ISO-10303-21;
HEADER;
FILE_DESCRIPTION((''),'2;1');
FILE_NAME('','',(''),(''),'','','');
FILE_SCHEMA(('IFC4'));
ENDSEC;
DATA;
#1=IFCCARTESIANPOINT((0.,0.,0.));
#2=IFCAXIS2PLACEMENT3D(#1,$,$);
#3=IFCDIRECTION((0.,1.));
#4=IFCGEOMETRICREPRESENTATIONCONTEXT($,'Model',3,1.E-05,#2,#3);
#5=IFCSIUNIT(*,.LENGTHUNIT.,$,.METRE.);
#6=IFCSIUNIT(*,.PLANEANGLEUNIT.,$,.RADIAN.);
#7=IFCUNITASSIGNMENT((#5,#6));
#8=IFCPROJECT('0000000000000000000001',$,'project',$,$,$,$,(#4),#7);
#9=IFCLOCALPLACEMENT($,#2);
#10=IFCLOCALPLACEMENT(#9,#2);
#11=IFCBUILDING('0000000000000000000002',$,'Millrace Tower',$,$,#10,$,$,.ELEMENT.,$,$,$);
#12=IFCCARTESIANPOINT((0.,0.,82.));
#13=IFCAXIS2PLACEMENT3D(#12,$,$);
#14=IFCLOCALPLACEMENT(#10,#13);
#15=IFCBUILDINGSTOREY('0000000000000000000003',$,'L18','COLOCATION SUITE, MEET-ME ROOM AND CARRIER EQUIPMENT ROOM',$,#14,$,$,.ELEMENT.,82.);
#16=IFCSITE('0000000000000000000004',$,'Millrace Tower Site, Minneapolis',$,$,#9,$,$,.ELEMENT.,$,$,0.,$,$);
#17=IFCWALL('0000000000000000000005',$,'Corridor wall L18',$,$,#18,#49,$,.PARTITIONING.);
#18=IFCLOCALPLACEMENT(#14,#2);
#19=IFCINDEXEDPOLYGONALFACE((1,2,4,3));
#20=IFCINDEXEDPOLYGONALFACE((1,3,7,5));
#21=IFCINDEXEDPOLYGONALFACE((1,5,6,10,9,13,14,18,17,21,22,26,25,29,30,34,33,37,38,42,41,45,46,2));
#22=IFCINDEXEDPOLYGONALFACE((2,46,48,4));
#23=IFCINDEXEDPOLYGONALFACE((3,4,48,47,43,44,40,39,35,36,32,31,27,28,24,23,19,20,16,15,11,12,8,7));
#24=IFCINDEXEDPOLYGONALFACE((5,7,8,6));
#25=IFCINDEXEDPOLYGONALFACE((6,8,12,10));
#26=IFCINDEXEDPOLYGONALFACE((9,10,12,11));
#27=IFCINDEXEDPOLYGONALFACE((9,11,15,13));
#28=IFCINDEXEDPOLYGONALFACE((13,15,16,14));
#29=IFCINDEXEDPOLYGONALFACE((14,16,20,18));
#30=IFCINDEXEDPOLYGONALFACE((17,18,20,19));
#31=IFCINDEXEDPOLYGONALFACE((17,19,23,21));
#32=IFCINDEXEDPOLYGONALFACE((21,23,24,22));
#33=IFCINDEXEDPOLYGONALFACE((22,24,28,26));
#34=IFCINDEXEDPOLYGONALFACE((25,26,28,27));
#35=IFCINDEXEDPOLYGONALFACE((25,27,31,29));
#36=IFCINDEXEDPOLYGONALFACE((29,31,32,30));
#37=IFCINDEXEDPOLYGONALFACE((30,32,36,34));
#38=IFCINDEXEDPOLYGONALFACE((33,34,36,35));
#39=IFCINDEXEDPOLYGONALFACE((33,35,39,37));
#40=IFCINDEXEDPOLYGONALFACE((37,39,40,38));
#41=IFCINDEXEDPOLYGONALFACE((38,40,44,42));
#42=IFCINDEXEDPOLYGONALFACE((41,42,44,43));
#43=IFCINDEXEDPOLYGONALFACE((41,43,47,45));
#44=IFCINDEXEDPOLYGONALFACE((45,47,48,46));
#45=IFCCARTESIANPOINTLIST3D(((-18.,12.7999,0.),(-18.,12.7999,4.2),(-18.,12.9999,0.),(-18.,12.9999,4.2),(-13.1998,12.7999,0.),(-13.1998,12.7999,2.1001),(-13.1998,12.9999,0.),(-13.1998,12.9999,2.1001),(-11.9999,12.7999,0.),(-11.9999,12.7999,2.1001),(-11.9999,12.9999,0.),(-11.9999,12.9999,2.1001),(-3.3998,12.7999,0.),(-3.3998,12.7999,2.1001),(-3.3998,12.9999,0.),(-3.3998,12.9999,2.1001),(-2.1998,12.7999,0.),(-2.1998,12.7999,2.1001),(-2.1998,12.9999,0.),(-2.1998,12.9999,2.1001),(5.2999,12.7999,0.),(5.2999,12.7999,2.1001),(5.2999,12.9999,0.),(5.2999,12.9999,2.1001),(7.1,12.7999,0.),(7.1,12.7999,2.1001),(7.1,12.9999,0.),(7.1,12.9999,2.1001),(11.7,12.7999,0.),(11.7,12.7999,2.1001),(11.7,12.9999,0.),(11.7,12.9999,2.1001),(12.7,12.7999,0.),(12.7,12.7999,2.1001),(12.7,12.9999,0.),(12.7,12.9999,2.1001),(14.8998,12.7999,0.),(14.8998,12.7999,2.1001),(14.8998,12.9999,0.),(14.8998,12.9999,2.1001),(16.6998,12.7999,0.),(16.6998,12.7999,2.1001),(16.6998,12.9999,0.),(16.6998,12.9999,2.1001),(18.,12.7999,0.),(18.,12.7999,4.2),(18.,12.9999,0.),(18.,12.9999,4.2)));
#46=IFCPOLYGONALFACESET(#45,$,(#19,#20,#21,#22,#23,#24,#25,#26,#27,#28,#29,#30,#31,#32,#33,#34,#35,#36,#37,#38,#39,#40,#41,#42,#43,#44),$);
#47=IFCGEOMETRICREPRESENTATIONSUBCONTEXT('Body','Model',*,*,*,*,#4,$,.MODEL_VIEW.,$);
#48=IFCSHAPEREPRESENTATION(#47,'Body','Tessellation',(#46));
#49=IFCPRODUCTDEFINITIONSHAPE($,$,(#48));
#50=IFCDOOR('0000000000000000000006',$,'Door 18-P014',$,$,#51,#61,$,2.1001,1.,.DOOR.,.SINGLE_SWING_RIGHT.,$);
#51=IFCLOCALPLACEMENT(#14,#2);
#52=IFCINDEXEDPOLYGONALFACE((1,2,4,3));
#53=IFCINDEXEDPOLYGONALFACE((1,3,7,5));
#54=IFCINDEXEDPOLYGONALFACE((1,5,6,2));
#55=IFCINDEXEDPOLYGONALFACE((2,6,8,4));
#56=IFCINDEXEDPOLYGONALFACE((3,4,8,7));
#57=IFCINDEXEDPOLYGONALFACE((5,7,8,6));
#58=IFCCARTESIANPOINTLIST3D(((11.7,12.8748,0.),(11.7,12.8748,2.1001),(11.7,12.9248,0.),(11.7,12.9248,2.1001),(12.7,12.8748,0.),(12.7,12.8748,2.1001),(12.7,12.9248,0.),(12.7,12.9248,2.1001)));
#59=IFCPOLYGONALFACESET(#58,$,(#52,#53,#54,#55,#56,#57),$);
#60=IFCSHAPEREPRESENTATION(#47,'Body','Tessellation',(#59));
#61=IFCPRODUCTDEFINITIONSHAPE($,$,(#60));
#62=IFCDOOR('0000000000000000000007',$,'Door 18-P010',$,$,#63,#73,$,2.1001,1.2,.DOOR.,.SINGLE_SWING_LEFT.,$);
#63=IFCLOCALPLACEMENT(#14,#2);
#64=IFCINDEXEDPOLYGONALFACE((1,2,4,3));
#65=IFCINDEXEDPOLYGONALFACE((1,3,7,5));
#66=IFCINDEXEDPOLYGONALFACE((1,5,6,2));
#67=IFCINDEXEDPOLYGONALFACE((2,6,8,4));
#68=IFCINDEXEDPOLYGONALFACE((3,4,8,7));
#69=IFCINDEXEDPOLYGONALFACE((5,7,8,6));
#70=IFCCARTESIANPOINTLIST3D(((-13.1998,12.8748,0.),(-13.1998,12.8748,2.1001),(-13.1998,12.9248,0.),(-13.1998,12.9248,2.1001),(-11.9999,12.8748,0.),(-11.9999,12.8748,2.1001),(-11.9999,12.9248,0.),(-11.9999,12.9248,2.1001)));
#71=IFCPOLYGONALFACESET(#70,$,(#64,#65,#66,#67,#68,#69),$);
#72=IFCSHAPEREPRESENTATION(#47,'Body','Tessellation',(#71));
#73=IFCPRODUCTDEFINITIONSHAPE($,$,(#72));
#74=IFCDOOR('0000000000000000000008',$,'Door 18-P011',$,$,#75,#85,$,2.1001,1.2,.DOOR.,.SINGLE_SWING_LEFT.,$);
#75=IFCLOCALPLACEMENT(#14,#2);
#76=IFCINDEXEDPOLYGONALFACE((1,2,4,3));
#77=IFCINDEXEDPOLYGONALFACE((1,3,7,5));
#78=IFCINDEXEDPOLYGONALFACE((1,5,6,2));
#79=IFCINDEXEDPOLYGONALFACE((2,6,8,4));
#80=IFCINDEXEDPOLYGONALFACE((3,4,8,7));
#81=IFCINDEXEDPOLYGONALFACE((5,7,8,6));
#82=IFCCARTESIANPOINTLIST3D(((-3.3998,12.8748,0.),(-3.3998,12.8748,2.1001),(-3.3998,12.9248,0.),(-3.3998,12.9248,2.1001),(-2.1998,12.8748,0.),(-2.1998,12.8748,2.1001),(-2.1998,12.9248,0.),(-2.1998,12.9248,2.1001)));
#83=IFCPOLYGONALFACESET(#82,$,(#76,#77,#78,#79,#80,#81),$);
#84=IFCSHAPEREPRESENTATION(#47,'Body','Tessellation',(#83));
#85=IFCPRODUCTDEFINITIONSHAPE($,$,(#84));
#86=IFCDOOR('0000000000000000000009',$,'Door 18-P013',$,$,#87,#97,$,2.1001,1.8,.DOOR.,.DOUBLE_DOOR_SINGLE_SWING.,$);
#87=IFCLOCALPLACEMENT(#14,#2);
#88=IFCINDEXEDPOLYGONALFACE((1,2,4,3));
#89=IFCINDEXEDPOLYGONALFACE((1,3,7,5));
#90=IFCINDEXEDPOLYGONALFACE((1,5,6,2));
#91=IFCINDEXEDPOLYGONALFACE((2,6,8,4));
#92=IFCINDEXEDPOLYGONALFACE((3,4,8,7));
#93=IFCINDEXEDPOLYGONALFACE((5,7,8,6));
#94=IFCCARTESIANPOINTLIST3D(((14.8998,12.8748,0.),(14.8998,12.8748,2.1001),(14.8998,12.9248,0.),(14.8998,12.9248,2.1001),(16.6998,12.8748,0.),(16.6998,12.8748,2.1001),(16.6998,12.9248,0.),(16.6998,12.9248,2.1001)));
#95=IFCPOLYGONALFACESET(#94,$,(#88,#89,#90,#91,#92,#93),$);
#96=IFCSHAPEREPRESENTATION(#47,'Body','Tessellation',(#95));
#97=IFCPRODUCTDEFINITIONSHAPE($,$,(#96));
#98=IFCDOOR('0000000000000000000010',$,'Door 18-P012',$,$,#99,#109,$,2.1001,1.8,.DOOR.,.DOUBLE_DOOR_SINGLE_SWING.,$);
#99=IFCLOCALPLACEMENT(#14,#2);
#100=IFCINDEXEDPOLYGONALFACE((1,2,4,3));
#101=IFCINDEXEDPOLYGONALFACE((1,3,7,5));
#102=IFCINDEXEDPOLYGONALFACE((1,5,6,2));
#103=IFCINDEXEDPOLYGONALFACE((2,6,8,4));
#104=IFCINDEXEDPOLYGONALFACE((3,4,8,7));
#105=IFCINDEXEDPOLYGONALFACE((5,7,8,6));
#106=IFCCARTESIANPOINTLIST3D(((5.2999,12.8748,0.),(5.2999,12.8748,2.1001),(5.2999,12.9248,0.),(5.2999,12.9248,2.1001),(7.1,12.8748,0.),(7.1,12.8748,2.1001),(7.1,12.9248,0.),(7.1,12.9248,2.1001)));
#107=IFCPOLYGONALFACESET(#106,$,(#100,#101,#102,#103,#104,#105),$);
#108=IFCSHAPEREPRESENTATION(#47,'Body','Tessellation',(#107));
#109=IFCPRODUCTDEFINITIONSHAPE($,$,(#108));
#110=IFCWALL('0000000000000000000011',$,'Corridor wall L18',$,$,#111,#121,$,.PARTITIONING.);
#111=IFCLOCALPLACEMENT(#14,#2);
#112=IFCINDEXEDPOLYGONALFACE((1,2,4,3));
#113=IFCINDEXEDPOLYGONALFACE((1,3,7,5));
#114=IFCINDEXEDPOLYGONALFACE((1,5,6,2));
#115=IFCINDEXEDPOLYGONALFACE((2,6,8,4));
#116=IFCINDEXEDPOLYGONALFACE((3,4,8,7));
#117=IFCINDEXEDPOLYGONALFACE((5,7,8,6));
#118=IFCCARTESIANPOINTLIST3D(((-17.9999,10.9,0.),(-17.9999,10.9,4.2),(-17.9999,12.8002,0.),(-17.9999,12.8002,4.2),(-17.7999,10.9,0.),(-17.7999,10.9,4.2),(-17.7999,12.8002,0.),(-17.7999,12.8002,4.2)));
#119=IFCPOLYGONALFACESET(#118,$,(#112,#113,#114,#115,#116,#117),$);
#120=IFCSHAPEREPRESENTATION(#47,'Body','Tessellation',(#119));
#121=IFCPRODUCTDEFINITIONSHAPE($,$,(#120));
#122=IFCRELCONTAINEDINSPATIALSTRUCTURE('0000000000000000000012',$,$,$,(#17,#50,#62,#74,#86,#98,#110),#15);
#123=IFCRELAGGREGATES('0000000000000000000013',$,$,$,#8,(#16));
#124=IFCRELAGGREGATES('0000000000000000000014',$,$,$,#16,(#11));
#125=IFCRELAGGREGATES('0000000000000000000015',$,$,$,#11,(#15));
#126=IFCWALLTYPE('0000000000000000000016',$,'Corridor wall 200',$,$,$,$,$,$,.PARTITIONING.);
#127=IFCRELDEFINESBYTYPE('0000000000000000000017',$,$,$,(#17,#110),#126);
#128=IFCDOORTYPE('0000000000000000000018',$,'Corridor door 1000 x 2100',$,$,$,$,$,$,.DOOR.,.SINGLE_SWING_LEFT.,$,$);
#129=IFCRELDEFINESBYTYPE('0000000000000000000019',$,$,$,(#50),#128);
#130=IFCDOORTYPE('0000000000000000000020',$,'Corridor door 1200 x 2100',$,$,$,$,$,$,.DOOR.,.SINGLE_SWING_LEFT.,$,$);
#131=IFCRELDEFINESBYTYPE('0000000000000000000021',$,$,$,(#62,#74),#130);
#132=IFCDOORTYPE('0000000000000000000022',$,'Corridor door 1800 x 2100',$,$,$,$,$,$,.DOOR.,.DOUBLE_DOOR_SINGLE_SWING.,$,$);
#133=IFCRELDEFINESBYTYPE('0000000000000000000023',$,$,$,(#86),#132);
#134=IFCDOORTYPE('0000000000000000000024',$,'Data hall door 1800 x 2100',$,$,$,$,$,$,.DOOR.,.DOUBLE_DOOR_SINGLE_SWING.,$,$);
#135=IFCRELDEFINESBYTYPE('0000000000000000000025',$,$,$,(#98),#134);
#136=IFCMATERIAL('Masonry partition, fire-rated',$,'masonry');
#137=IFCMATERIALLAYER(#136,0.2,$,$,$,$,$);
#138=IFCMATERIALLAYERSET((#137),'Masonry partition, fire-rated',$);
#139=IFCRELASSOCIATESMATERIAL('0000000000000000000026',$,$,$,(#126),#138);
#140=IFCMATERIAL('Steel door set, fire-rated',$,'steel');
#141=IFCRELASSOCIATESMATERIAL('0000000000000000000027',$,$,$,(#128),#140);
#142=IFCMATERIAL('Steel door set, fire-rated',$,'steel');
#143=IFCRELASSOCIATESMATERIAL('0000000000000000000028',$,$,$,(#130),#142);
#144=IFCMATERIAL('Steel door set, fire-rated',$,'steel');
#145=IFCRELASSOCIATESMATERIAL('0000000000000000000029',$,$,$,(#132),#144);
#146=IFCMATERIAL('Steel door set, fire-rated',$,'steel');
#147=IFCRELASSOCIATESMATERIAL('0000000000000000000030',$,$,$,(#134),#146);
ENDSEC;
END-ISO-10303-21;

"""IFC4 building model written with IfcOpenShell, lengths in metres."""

from ifc_helpers import new_model, si_unit, direction, frame, frame_2d, origin, place, context, subcontext, project, spatial, rectangle, extrude, material, layer, layer_set, type_object, element, fill, save


model = new_model("IFC4")

# Units and contexts
model_context = context("Model", 3, precision=1e-05, world=origin(), true_north=direction((0.0, 1.0)))
body_context = subcontext(model_context, "Body", "Model", "MODEL_VIEW")
ifc_project = project(units=[si_unit("LENGTHUNIT", "METRE"), si_unit("PLANEANGLEUNIT", "RADIAN")], contexts=[model_context])

# Site, building, storey
site_placement = place(None, origin())
site = spatial("IfcSite", under=ifc_project, at=site_placement, Name="Millrace Tower Site, Minneapolis", CompositionType="ELEMENT", RefElevation=0.0)
building_placement = place(site_placement, origin())
building = spatial("IfcBuilding", under=site, at=building_placement, Name="Millrace Tower", CompositionType="ELEMENT")
storey_placement = place(building_placement, frame((0.0, 0.0, 82.0)))
storey = spatial("IfcBuildingStorey", under=building, at=storey_placement, Name="L18", Description="COLOCATION SUITE, MEET-ME ROOM AND CARRIER EQUIPMENT ROOM", CompositionType="ELEMENT", Elevation=82.0)

# Shared definitions
ifc_material_1 = material(Name="Masonry partition, fire-rated", Category="masonry")
ifc_layer_1 = layer(ifc_material_1, 0.2)
ifc_layer_set_1 = layer_set([ifc_layer_1], Name="Masonry partition, fire-rated")
wall_type = type_object("IfcWallType", Name="Corridor wall 200", PredefinedType="PARTITIONING", material=ifc_layer_set_1)

# Wall, openings, doors
wall_1_placement = place(storey_placement, frame((-18.0, 12.8999, 0.0), z_axis=(0.0, 0.0, 1.0), x_axis=(1.0, 0.0, 0.0)))
wall_1 = element("IfcWall", 1, at=wall_1_placement, inside=storey, type_object=wall_type, Name="Corridor wall L18", PredefinedType="PARTITIONING", context=body_context, shape_type="SweptSolid", body=[
    extrude(rectangle(XDim=36.0, YDim=0.2, at=frame_2d((18.0, 0.0))), origin(), (0.0, 0.0, 1.0), 4.2),
])
opening_1_placement = place(wall_1_placement, frame((4.8, 0.0, 0.0)))
opening_1 = element("IfcOpeningElement", 2, at=opening_1_placement, cuts=wall_1, PredefinedType="OPENING", context=body_context, shape_type="SweptSolid", body=[
    extrude(rectangle(XDim=1.2, YDim=2.1001, at=frame_2d((0.6001, 1.05))), frame((0.0, 0.1099, 0.0), z_axis=(0.0, -1.0, 0.0), x_axis=(1.0, 0.0, 0.0)), (0.0, 0.0, 1.0), 0.22),
])
opening_2_placement = place(wall_1_placement, frame((14.6001, 0.0, 0.0)))
opening_2 = element("IfcOpeningElement", 3, at=opening_2_placement, cuts=wall_1, PredefinedType="OPENING", context=body_context, shape_type="SweptSolid", body=[
    extrude(rectangle(XDim=1.2, YDim=2.1001, at=frame_2d((0.6001, 1.05))), frame((0.0, 0.1099, 0.0), z_axis=(0.0, -1.0, 0.0), x_axis=(1.0, 0.0, 0.0)), (0.0, 0.0, 1.0), 0.22),
])
opening_3_placement = place(wall_1_placement, frame((23.3, 0.0, 0.0)))
opening_3 = element("IfcOpeningElement", 4, at=opening_3_placement, cuts=wall_1, PredefinedType="OPENING", context=body_context, shape_type="SweptSolid", body=[
    extrude(rectangle(XDim=1.8, YDim=2.1001, at=frame_2d((0.8999, 1.05))), frame((0.0, 0.1099, 0.0), z_axis=(0.0, -1.0, 0.0), x_axis=(1.0, 0.0, 0.0)), (0.0, 0.0, 1.0), 0.22),
])
opening_4_placement = place(wall_1_placement, frame((32.8999, 0.0, 0.0)))
opening_4 = element("IfcOpeningElement", 5, at=opening_4_placement, cuts=wall_1, PredefinedType="OPENING", context=body_context, shape_type="SweptSolid", body=[
    extrude(rectangle(XDim=1.8, YDim=2.1001, at=frame_2d((0.8999, 1.05))), frame((0.0, 0.1099, 0.0), z_axis=(0.0, -1.0, 0.0), x_axis=(1.0, 0.0, 0.0)), (0.0, 0.0, 1.0), 0.22),
])
opening_5_placement = place(wall_1_placement, frame((29.7, 0.0, 0.0)))
opening_5 = element("IfcOpeningElement", 6, at=opening_5_placement, cuts=wall_1, PredefinedType="OPENING", context=body_context, shape_type="SweptSolid", body=[
    extrude(rectangle(XDim=1.0, YDim=2.1001, at=frame_2d((0.5, 1.05))), frame((0.0, 0.1099, 0.0), z_axis=(0.0, -1.0, 0.0), x_axis=(1.0, 0.0, 0.0)), (0.0, 0.0, 1.0), 0.22),
])
ifc_material_2 = material(Name="Steel door set, fire-rated", Category="steel")
door_type_1 = type_object("IfcDoorType", Name="Corridor door 1000 x 2100", OperationType="SINGLE_SWING_LEFT", PredefinedType="DOOR", material=ifc_material_2)
door_1_placement = place(opening_5_placement, origin())
door_1 = element("IfcDoor", 7, at=door_1_placement, inside=storey, type_object=door_type_1, Name="Door 18-P014", OperationType="SINGLE_SWING_RIGHT", OverallHeight=2.1001, OverallWidth=1.0, PredefinedType="DOOR", context=body_context, shape_type="SweptSolid", body=[
    extrude(rectangle(XDim=1.0, YDim=2.1001, at=frame_2d((0.5, 1.05))), frame((0.0, 0.0249, 0.0), z_axis=(0.0, -1.0, 0.0), x_axis=(1.0, 0.0, 0.0)), (0.0, 0.0, 1.0), 0.05),
])
fill(opening_5, door_1)
ifc_material_3 = material(Name="Steel door set, fire-rated", Category="steel")
door_type_2 = type_object("IfcDoorType", Name="Corridor door 1200 x 2100", OperationType="SINGLE_SWING_LEFT", PredefinedType="DOOR", material=ifc_material_3)
door_2_placement = place(opening_1_placement, origin())
door_2 = element("IfcDoor", 8, at=door_2_placement, inside=storey, type_object=door_type_2, Name="Door 18-P010", OperationType="SINGLE_SWING_LEFT", OverallHeight=2.1001, OverallWidth=1.2, PredefinedType="DOOR", context=body_context, shape_type="SweptSolid", body=[
    extrude(rectangle(XDim=1.2, YDim=2.1001, at=frame_2d((0.6001, 1.05))), frame((0.0, 0.0249, 0.0), z_axis=(0.0, -1.0, 0.0), x_axis=(1.0, 0.0, 0.0)), (0.0, 0.0, 1.0), 0.05),
])
fill(opening_1, door_2)
door_3_placement = place(opening_2_placement, origin())
door_3 = element("IfcDoor", 9, at=door_3_placement, inside=storey, type_object=door_type_2, Name="Door 18-P011", OperationType="SINGLE_SWING_LEFT", OverallHeight=2.1001, OverallWidth=1.2, PredefinedType="DOOR", context=body_context, shape_type="SweptSolid", body=[
    extrude(rectangle(XDim=1.2, YDim=2.1001, at=frame_2d((0.6001, 1.05))), frame((0.0, 0.0249, 0.0), z_axis=(0.0, -1.0, 0.0), x_axis=(1.0, 0.0, 0.0)), (0.0, 0.0, 1.0), 0.05),
])
fill(opening_2, door_3)
ifc_material_4 = material(Name="Steel door set, fire-rated", Category="steel")
door_type_3 = type_object("IfcDoorType", Name="Corridor door 1800 x 2100", OperationType="DOUBLE_DOOR_SINGLE_SWING", PredefinedType="DOOR", material=ifc_material_4)
door_4_placement = place(opening_4_placement, origin())
door_4 = element("IfcDoor", 10, at=door_4_placement, inside=storey, type_object=door_type_3, Name="Door 18-P013", OperationType="DOUBLE_DOOR_SINGLE_SWING", OverallHeight=2.1001, OverallWidth=1.8, PredefinedType="DOOR", context=body_context, shape_type="SweptSolid", body=[
    extrude(rectangle(XDim=1.8, YDim=2.1001, at=frame_2d((0.8999, 1.05))), frame((0.0, 0.0249, 0.0), z_axis=(0.0, -1.0, 0.0), x_axis=(1.0, 0.0, 0.0)), (0.0, 0.0, 1.0), 0.05),
])
fill(opening_4, door_4)
ifc_material_5 = material(Name="Steel door set, fire-rated", Category="steel")
door_type_4 = type_object("IfcDoorType", Name="Data hall door 1800 x 2100", OperationType="DOUBLE_DOOR_SINGLE_SWING", PredefinedType="DOOR", material=ifc_material_5)
door_5_placement = place(opening_3_placement, origin())
door_5 = element("IfcDoor", 11, at=door_5_placement, inside=storey, type_object=door_type_4, Name="Door 18-P012", OperationType="DOUBLE_DOOR_SINGLE_SWING", OverallHeight=2.1001, OverallWidth=1.8, PredefinedType="DOOR", context=body_context, shape_type="SweptSolid", body=[
    extrude(rectangle(XDim=1.8, YDim=2.1001, at=frame_2d((0.8999, 1.05))), frame((0.0, 0.0249, 0.0), z_axis=(0.0, -1.0, 0.0), x_axis=(1.0, 0.0, 0.0)), (0.0, 0.0, 1.0), 0.05),
])
fill(opening_3, door_5)

# Wall
wall_2_placement = place(storey_placement, frame((-17.8999, 10.8999, 0.0), z_axis=(0.0, 0.0, 1.0), x_axis=(0.0, 1.0, 0.0)))
element("IfcWall", 12, at=wall_2_placement, inside=storey, type_object=wall_type, Name="Corridor wall L18", PredefinedType="PARTITIONING", context=body_context, shape_type="SweptSolid", body=[
    extrude(rectangle(XDim=1.9001, YDim=0.2, at=frame_2d((0.9502, 0.0))), origin(), (0.0, 0.0, 1.0), 4.2),
])

save(model, "model.ifc")
